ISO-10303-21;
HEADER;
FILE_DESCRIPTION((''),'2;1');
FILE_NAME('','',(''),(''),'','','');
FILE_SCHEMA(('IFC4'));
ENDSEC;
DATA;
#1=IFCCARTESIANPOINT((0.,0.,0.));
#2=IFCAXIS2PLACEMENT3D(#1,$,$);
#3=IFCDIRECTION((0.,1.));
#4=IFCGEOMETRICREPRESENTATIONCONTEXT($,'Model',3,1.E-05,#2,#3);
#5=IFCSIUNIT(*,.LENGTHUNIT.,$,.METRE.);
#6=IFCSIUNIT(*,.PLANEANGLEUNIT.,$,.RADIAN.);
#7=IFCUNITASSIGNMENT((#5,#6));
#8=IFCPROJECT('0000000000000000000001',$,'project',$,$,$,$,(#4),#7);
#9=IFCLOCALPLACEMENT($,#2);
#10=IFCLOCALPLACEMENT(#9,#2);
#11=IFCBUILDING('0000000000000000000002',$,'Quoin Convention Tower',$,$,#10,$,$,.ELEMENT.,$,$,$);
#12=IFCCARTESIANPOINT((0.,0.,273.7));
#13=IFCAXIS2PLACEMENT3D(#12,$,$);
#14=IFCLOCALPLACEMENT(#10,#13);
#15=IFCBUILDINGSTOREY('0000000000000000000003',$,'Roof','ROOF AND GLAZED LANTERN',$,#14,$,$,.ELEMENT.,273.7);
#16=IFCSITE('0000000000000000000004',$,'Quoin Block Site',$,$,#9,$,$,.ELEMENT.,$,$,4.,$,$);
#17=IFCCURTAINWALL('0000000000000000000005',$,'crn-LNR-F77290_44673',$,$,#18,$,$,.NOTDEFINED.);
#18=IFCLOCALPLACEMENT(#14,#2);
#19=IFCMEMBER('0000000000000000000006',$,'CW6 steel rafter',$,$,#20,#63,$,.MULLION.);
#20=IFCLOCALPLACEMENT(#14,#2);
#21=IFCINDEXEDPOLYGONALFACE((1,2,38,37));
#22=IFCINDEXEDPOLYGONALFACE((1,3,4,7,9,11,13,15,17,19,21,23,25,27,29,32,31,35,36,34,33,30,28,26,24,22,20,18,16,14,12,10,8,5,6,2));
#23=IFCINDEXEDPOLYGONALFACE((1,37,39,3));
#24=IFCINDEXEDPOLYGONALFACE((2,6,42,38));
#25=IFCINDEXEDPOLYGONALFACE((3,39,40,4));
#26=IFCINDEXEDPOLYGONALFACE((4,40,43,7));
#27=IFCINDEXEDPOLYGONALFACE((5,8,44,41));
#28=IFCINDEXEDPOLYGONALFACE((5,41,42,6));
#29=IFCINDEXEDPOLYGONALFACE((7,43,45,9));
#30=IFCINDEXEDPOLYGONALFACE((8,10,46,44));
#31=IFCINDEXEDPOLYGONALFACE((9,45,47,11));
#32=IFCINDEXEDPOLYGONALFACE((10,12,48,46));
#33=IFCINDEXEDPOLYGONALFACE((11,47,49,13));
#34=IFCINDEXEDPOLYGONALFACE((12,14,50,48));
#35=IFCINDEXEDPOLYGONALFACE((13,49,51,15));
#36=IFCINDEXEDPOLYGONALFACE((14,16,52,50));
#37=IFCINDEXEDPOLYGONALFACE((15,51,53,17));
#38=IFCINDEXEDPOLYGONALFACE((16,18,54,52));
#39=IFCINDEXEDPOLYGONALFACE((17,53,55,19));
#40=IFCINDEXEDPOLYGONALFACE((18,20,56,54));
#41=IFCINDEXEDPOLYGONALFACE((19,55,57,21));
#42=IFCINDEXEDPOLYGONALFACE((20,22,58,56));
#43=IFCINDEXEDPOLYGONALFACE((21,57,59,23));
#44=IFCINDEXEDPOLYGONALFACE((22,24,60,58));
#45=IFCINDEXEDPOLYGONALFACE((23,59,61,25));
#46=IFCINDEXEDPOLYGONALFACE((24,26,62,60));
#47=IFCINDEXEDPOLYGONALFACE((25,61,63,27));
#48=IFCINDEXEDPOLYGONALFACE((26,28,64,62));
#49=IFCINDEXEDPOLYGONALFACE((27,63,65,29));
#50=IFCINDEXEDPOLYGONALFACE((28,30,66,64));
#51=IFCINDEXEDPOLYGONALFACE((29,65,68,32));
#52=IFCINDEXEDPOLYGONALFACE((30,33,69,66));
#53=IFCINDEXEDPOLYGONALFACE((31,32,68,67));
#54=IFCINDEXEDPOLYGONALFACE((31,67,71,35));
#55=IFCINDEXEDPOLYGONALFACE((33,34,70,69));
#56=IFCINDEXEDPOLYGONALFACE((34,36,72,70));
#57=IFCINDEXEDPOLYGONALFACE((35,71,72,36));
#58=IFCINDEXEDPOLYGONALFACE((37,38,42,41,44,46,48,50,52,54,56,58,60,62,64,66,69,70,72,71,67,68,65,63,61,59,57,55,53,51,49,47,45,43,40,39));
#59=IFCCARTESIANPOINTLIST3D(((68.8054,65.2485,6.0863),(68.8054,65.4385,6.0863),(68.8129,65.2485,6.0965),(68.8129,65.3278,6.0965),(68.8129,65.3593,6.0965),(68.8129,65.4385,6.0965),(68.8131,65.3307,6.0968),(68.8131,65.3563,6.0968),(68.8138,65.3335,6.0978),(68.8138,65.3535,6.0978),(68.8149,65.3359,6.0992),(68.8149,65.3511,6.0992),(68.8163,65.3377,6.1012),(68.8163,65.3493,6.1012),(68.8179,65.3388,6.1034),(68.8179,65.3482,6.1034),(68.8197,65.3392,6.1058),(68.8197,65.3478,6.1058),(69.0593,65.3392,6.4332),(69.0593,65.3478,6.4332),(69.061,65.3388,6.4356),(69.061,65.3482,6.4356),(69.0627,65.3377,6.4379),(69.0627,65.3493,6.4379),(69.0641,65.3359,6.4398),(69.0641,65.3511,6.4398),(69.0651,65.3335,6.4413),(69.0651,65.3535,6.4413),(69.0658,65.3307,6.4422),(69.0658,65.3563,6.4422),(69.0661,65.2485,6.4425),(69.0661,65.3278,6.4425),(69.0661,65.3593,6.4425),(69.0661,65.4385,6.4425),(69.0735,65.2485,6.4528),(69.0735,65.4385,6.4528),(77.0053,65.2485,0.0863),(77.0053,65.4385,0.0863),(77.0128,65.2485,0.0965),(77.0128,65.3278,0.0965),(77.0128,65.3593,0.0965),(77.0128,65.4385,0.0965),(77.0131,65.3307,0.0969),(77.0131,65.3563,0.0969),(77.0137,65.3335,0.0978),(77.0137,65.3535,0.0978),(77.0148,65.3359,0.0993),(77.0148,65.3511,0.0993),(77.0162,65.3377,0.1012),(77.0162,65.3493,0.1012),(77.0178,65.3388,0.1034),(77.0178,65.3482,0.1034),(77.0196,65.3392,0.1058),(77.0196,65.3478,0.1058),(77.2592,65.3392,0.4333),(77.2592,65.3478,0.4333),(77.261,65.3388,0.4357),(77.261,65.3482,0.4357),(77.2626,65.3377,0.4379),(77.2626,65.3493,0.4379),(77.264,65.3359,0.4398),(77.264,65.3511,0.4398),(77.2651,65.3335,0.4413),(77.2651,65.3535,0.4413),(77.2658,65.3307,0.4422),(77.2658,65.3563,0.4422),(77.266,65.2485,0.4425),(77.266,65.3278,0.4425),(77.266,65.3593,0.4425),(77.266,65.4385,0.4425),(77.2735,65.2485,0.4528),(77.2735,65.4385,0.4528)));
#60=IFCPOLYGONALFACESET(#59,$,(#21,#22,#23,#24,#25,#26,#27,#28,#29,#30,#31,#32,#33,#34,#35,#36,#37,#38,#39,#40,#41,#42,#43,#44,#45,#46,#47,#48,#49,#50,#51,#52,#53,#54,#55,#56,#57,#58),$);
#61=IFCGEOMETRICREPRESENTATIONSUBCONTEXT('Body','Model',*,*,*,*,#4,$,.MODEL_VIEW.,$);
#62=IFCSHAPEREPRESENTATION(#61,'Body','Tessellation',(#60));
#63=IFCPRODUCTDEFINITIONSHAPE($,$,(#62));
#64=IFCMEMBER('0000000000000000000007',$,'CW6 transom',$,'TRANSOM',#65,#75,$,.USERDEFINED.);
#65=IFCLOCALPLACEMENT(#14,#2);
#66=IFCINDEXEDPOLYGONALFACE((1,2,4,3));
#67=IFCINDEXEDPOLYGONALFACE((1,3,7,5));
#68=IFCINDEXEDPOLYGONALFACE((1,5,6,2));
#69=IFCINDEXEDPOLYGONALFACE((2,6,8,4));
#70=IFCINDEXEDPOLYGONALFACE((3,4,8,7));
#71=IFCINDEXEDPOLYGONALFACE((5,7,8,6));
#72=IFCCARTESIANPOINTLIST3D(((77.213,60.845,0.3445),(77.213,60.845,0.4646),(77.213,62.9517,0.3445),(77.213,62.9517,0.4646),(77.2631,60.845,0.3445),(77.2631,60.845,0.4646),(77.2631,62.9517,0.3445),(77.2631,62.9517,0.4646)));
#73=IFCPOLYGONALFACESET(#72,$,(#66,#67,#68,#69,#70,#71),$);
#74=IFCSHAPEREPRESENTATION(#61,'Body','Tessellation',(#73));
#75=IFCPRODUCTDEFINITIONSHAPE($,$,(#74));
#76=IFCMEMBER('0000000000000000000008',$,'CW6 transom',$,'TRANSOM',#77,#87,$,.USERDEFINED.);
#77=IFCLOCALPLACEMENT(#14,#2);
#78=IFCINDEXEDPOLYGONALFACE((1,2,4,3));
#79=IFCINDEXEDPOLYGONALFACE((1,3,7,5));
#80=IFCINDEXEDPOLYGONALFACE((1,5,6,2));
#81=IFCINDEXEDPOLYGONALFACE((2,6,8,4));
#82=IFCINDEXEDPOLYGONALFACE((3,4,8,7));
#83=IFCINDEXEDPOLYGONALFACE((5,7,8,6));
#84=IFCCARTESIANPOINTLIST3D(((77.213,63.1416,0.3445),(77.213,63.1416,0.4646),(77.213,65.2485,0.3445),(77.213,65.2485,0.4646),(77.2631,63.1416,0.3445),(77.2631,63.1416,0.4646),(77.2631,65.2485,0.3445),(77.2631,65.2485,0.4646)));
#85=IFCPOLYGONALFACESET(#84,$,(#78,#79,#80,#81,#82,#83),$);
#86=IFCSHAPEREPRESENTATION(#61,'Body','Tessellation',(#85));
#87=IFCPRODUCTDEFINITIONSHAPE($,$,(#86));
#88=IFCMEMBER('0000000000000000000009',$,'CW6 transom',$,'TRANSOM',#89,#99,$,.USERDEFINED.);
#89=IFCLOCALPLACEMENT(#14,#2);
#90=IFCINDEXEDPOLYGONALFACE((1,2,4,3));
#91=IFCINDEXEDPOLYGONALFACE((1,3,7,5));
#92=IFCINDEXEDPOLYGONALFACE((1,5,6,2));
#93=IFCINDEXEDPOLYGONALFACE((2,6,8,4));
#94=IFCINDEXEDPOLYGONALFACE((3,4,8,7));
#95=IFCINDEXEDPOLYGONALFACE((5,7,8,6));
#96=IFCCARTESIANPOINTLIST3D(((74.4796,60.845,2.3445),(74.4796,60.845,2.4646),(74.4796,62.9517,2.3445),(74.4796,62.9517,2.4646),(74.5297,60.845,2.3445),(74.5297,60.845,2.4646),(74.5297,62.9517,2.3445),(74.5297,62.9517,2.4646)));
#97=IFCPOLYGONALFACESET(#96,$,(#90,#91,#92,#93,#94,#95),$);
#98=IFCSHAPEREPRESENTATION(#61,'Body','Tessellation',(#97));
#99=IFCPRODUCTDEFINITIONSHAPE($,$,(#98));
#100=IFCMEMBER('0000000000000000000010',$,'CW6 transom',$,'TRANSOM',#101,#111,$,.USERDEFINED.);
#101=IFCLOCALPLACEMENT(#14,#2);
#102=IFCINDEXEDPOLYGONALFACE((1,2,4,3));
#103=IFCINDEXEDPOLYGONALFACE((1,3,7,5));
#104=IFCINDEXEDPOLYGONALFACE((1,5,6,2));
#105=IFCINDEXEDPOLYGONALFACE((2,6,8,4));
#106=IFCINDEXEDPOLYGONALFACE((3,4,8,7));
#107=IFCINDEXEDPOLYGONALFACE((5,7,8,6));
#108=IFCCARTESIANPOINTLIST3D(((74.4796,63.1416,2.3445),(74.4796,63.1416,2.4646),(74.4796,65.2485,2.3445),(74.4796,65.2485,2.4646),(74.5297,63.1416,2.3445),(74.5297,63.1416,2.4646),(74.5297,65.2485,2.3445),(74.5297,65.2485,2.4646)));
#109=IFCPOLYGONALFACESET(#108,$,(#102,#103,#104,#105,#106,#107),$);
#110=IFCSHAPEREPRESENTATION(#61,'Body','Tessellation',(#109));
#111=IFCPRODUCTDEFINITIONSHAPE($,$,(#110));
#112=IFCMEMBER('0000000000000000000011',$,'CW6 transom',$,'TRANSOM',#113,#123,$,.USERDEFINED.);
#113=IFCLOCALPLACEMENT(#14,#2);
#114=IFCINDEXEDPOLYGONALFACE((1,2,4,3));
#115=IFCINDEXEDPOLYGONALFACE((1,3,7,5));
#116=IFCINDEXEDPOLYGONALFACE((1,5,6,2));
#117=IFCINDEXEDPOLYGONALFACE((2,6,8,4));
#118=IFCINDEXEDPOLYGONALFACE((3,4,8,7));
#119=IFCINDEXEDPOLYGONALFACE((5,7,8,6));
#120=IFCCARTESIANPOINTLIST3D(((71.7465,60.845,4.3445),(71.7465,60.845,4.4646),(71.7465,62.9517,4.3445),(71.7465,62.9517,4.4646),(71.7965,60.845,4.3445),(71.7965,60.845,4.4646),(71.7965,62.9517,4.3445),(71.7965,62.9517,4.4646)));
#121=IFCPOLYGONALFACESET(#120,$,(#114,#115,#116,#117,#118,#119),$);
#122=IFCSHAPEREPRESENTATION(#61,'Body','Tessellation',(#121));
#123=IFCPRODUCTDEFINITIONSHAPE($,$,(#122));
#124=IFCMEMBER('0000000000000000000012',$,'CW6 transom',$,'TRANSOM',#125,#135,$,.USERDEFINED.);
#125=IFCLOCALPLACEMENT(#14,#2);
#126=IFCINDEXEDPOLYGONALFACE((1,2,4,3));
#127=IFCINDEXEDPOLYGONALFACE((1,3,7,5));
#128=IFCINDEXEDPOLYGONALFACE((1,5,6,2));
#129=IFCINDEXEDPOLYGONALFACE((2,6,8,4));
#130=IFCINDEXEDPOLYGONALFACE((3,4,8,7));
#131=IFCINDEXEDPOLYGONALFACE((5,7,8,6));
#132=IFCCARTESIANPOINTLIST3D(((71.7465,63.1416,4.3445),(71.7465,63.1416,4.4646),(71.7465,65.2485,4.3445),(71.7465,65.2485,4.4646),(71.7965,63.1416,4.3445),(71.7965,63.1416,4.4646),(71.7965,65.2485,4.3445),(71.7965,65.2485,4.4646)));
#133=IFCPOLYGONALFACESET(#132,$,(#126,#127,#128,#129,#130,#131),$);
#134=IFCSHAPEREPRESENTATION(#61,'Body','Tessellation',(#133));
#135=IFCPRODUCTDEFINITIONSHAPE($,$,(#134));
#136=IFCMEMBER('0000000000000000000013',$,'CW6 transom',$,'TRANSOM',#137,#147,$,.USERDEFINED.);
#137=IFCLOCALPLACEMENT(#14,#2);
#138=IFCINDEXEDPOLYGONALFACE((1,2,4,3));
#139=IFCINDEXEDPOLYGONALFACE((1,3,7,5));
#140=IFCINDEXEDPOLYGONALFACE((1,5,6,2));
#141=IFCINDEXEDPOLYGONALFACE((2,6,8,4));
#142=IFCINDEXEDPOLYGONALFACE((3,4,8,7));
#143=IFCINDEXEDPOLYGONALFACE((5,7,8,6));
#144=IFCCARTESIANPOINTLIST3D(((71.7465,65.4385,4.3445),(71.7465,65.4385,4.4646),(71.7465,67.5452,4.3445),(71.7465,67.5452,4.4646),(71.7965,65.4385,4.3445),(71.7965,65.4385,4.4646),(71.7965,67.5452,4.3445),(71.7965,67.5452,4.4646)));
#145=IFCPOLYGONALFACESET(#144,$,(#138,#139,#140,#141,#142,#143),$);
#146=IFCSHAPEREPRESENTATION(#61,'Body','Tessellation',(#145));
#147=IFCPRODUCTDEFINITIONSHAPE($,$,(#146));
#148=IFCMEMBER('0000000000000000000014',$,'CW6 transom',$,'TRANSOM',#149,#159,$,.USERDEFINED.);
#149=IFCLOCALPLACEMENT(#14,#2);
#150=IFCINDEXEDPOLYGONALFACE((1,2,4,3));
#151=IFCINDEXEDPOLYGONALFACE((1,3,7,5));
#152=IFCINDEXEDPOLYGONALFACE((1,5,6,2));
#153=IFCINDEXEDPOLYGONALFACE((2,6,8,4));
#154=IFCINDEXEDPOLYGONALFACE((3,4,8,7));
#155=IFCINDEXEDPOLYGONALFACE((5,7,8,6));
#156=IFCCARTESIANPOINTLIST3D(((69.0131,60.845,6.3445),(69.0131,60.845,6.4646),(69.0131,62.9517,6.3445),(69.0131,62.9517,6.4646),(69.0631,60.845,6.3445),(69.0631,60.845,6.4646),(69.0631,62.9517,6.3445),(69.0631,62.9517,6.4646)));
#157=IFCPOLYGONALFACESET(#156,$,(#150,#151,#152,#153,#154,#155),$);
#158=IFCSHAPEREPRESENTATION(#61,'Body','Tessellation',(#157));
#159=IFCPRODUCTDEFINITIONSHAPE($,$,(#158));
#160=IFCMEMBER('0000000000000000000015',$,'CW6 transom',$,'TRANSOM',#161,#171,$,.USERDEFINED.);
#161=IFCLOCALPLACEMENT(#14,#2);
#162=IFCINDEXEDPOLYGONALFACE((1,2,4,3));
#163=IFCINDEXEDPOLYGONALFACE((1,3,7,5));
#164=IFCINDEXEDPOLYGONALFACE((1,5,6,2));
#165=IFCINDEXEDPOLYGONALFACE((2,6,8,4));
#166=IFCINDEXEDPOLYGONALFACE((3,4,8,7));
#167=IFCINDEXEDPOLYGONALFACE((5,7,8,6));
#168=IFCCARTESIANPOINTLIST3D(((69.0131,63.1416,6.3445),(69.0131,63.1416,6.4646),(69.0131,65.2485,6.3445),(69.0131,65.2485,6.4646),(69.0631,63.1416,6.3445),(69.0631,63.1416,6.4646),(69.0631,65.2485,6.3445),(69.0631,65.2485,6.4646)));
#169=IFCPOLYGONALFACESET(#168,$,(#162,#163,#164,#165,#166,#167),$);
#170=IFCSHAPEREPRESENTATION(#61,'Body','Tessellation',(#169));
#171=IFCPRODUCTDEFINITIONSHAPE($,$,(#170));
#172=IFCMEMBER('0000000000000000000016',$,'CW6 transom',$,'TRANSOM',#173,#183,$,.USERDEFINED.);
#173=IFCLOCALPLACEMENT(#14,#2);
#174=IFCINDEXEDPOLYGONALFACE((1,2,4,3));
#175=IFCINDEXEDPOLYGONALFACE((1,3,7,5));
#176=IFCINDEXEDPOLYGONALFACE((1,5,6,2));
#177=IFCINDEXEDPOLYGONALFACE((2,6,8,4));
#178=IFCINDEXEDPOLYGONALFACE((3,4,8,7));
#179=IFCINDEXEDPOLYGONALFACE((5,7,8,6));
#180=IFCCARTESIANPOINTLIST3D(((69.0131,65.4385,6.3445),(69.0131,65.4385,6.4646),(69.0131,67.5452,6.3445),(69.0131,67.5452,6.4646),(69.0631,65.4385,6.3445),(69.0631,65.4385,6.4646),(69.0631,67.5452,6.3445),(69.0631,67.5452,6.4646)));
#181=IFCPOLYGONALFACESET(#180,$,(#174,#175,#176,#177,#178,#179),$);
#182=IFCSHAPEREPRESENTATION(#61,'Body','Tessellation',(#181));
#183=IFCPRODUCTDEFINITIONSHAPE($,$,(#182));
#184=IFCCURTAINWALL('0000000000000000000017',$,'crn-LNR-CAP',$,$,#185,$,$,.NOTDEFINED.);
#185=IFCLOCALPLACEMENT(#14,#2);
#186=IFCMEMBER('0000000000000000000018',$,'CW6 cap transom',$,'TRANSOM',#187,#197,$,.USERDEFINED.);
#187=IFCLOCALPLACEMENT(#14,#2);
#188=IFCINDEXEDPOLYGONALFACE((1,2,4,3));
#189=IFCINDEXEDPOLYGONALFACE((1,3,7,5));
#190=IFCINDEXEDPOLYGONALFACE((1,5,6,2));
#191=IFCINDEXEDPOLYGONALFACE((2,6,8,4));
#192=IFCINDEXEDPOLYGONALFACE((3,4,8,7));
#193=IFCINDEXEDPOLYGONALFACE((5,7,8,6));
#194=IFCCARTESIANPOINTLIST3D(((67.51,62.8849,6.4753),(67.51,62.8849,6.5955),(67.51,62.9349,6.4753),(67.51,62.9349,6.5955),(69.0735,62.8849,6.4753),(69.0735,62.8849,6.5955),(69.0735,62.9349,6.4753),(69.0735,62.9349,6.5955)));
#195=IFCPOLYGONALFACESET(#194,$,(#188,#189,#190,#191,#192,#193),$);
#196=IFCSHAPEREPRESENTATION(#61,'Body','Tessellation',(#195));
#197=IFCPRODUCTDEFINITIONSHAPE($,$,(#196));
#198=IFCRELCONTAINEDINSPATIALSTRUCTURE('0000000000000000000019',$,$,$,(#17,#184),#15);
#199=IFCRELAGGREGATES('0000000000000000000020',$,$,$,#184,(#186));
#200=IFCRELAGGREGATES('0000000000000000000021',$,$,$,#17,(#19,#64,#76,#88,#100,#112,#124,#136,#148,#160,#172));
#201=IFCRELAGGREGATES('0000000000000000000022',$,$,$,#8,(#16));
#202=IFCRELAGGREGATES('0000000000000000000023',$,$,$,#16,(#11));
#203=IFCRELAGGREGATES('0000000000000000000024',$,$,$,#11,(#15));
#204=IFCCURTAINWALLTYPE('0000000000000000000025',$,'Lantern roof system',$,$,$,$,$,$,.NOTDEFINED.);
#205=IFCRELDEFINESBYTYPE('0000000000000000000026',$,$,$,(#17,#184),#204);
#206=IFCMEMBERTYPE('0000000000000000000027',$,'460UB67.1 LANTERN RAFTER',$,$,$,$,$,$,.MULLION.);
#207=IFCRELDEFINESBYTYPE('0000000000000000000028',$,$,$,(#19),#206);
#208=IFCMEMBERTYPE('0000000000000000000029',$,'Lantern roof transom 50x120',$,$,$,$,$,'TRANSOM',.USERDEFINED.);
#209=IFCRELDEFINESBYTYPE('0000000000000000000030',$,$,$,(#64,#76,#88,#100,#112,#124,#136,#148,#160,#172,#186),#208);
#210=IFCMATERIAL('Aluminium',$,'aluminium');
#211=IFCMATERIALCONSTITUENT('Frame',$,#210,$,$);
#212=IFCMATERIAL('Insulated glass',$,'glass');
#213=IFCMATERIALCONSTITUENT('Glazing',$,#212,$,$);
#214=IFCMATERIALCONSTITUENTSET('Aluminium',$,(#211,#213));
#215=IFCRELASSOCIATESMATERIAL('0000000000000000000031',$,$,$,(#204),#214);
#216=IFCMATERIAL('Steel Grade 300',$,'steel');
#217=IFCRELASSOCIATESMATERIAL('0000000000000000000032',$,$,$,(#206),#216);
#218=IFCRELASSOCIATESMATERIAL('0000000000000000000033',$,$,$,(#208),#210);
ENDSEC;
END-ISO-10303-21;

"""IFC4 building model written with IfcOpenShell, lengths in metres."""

from ifc_helpers import new_model, si_unit, direction, frame, origin, origin_2d, place, context, subcontext, project, spatial, rectangle, i_section, extrude, material, constituent, constituent_set, material_profile, profile_set, type_object, element, aggregate, save


model = new_model("IFC4")

# Units and contexts
model_context = context("Model", 3, precision=1e-05, world=origin(), true_north=direction((0.0, 1.0)))
body_context = subcontext(model_context, "Body", "Model", "MODEL_VIEW")
ifc_project = project(units=[si_unit("LENGTHUNIT", "METRE"), si_unit("PLANEANGLEUNIT", "RADIAN")], contexts=[model_context])

# Site, building, storey
site_placement = place(None, origin())
site = spatial("IfcSite", under=ifc_project, at=site_placement, Name="Quoin Block Site", CompositionType="ELEMENT", RefElevation=4.0)
building_placement = place(site_placement, origin())
building = spatial("IfcBuilding", under=site, at=building_placement, Name="Quoin Convention Tower", CompositionType="ELEMENT")
storey_placement = place(building_placement, frame((0.0, 0.0, 273.7)))
storey = spatial("IfcBuildingStorey", under=building, at=storey_placement, Name="Roof", Description="ROOF AND GLAZED LANTERN", CompositionType="ELEMENT", Elevation=273.7)

# Shared definitions
ifc_material_1 = material(Name="Steel Grade 300", Category="steel")

# Curtain wall, members
ifc_material_2 = material(Name="Aluminium", Category="aluminium")
ifc_constituent_1 = constituent(ifc_material_2, Name="Frame")
ifc_material_3 = material(Name="Insulated glass", Category="glass")
ifc_constituent_2 = constituent(ifc_material_3, Name="Glazing")
ifc_constituent_set = constituent_set(constituents=[ifc_constituent_1, ifc_constituent_2], Name="Aluminium")
curtain_wall_type = type_object("IfcCurtainWallType", Name="Lantern roof system", PredefinedType="NOTDEFINED", material=ifc_constituent_set)
curtain_wall_1_placement = place(storey_placement, origin())
curtain_wall_1 = element("IfcCurtainWall", 1, at=curtain_wall_1_placement, inside=storey, type_object=curtain_wall_type, Name="crn-LNR-F77290_44673", PredefinedType="NOTDEFINED")
ifc_material_profile_1 = material_profile(ifc_material_1, i_section(OverallWidth=0.1899, OverallDepth=0.4541, WebThickness=0.0085, FlangeThickness=0.0127, FilletRadius=0.0115, at=origin_2d()), Name="460UB67.1")
ifc_profile_set_1 = profile_set([ifc_material_profile_1], Name="Steel Grade 300")
member_type_1 = type_object("IfcMemberType", Name="460UB67.1 LANTERN RAFTER", PredefinedType="MULLION", material=ifc_profile_set_1)
member_1_placement = place(storey_placement, frame((77.1394, 65.3435, 0.2695), z_axis=(-0.807029, 0.0, 0.590512), x_axis=(0.0, -1.0, 0.0)))
member_1 = element("IfcMember", 2, at=member_1_placement, type_object=member_type_1, Name="CW6 steel rafter", PredefinedType="MULLION", context=body_context, shape_type="SweptSolid", body=[
    extrude(i_section(OverallWidth=0.1899, OverallDepth=0.4541, WebThickness=0.0085, FlangeThickness=0.0127, FilletRadius=0.0115, at=origin_2d()), origin(), (0.0, 0.0, 1.0), 10.1606),
])
ifc_material_profile_2 = material_profile(ifc_material_2, rectangle(XDim=0.1201, YDim=0.05, at=origin_2d()), Name="Lantern roof transom 50x120")
ifc_profile_set_2 = profile_set([ifc_material_profile_2], Name="Aluminium")
member_type_2 = type_object("IfcMemberType", Name="Lantern roof transom 50x120", ElementType="TRANSOM", PredefinedType="USERDEFINED", material=ifc_profile_set_2)
member_2_placement = place(storey_placement, frame((77.238, 60.845, 0.4045), z_axis=(0.0, 1.0, 0.0), x_axis=(0.0, 0.0, 1.0)))
member_2 = element("IfcMember", 3, at=member_2_placement, type_object=member_type_2, Name="CW6 transom", ObjectType="TRANSOM", PredefinedType="USERDEFINED", context=body_context, shape_type="SweptSolid", body=[
    extrude(rectangle(XDim=0.1201, YDim=0.05, at=origin_2d()), origin(), (0.0, 0.0, 1.0), 2.1067),
])
member_3_placement = place(storey_placement, frame((77.238, 63.1416, 0.4045), z_axis=(0.0, 1.0, 0.0), x_axis=(0.0, 0.0, 1.0)))
member_3 = element("IfcMember", 4, at=member_3_placement, type_object=member_type_2, Name="CW6 transom", ObjectType="TRANSOM", PredefinedType="USERDEFINED", context=body_context, shape_type="SweptSolid", body=[
    extrude(rectangle(XDim=0.1201, YDim=0.05, at=origin_2d()), origin(), (0.0, 0.0, 1.0), 2.1069),
])
member_4_placement = place(storey_placement, frame((74.5046, 60.845, 2.4045), z_axis=(0.0, 1.0, 0.0), x_axis=(0.0, 0.0, 1.0)))
member_4 = element("IfcMember", 5, at=member_4_placement, type_object=member_type_2, Name="CW6 transom", ObjectType="TRANSOM", PredefinedType="USERDEFINED", context=body_context, shape_type="SweptSolid", body=[
    extrude(rectangle(XDim=0.1201, YDim=0.05, at=origin_2d()), origin(), (0.0, 0.0, 1.0), 2.1067),
])
member_5_placement = place(storey_placement, frame((74.5046, 63.1416, 2.4045), z_axis=(0.0, 1.0, 0.0), x_axis=(0.0, 0.0, 1.0)))
member_5 = element("IfcMember", 6, at=member_5_placement, type_object=member_type_2, Name="CW6 transom", ObjectType="TRANSOM", PredefinedType="USERDEFINED", context=body_context, shape_type="SweptSolid", body=[
    extrude(rectangle(XDim=0.1201, YDim=0.05, at=origin_2d()), origin(), (0.0, 0.0, 1.0), 2.1069),
])
member_6_placement = place(storey_placement, frame((71.7715, 60.845, 4.4045), z_axis=(0.0, 1.0, 0.0), x_axis=(0.0, 0.0, 1.0)))
member_6 = element("IfcMember", 7, at=member_6_placement, type_object=member_type_2, Name="CW6 transom", ObjectType="TRANSOM", PredefinedType="USERDEFINED", context=body_context, shape_type="SweptSolid", body=[
    extrude(rectangle(XDim=0.1201, YDim=0.05, at=origin_2d()), origin(), (0.0, 0.0, 1.0), 2.1067),
])
member_7_placement = place(storey_placement, frame((71.7715, 63.1416, 4.4045), z_axis=(0.0, 1.0, 0.0), x_axis=(0.0, 0.0, 1.0)))
member_7 = element("IfcMember", 8, at=member_7_placement, type_object=member_type_2, Name="CW6 transom", ObjectType="TRANSOM", PredefinedType="USERDEFINED", context=body_context, shape_type="SweptSolid", body=[
    extrude(rectangle(XDim=0.1201, YDim=0.05, at=origin_2d()), origin(), (0.0, 0.0, 1.0), 2.1069),
])
member_8_placement = place(storey_placement, frame((71.7715, 65.4385, 4.4045), z_axis=(0.0, 1.0, 0.0), x_axis=(0.0, 0.0, 1.0)))
member_8 = element("IfcMember", 9, at=member_8_placement, type_object=member_type_2, Name="CW6 transom", ObjectType="TRANSOM", PredefinedType="USERDEFINED", context=body_context, shape_type="SweptSolid", body=[
    extrude(rectangle(XDim=0.1201, YDim=0.05, at=origin_2d()), origin(), (0.0, 0.0, 1.0), 2.1067),
])
member_9_placement = place(storey_placement, frame((69.0381, 60.845, 6.4045), z_axis=(0.0, 1.0, 0.0), x_axis=(0.0, 0.0, 1.0)))
member_9 = element("IfcMember", 10, at=member_9_placement, type_object=member_type_2, Name="CW6 transom", ObjectType="TRANSOM", PredefinedType="USERDEFINED", context=body_context, shape_type="SweptSolid", body=[
    extrude(rectangle(XDim=0.1201, YDim=0.05, at=origin_2d()), origin(), (0.0, 0.0, 1.0), 2.1067),
])
member_10_placement = place(storey_placement, frame((69.0381, 63.1416, 6.4045), z_axis=(0.0, 1.0, 0.0), x_axis=(0.0, 0.0, 1.0)))
member_10 = element("IfcMember", 11, at=member_10_placement, type_object=member_type_2, Name="CW6 transom", ObjectType="TRANSOM", PredefinedType="USERDEFINED", context=body_context, shape_type="SweptSolid", body=[
    extrude(rectangle(XDim=0.1201, YDim=0.05, at=origin_2d()), origin(), (0.0, 0.0, 1.0), 2.1069),
])
member_11_placement = place(storey_placement, frame((69.0381, 65.4385, 6.4045), z_axis=(0.0, 1.0, 0.0), x_axis=(0.0, 0.0, 1.0)))
member_11 = element("IfcMember", 12, at=member_11_placement, type_object=member_type_2, Name="CW6 transom", ObjectType="TRANSOM", PredefinedType="USERDEFINED", context=body_context, shape_type="SweptSolid", body=[
    extrude(rectangle(XDim=0.1201, YDim=0.05, at=origin_2d()), origin(), (0.0, 0.0, 1.0), 2.1067),
])

# Curtain wall, member
curtain_wall_2_placement = place(storey_placement, origin())
curtain_wall_2 = element("IfcCurtainWall", 13, at=curtain_wall_2_placement, inside=storey, type_object=curtain_wall_type, Name="crn-LNR-CAP", PredefinedType="NOTDEFINED")
member_12_placement = place(storey_placement, frame((67.51, 62.9099, 6.5354), z_axis=(1.0, 0.0, 0.0), x_axis=(0.0, 0.0, 1.0)))
member_12 = element("IfcMember", 14, at=member_12_placement, type_object=member_type_2, Name="CW6 cap transom", ObjectType="TRANSOM", PredefinedType="USERDEFINED", context=body_context, shape_type="SweptSolid", body=[
    extrude(rectangle(XDim=0.1201, YDim=0.05, at=origin_2d()), origin(), (0.0, 0.0, 1.0), 1.5635),
])
aggregate(curtain_wall_2, [member_12])

aggregate(curtain_wall_1, [member_1, member_2, member_3, member_4, member_5, member_6, member_7, member_8, member_9, member_10, member_11])

save(model, "model.ifc")
